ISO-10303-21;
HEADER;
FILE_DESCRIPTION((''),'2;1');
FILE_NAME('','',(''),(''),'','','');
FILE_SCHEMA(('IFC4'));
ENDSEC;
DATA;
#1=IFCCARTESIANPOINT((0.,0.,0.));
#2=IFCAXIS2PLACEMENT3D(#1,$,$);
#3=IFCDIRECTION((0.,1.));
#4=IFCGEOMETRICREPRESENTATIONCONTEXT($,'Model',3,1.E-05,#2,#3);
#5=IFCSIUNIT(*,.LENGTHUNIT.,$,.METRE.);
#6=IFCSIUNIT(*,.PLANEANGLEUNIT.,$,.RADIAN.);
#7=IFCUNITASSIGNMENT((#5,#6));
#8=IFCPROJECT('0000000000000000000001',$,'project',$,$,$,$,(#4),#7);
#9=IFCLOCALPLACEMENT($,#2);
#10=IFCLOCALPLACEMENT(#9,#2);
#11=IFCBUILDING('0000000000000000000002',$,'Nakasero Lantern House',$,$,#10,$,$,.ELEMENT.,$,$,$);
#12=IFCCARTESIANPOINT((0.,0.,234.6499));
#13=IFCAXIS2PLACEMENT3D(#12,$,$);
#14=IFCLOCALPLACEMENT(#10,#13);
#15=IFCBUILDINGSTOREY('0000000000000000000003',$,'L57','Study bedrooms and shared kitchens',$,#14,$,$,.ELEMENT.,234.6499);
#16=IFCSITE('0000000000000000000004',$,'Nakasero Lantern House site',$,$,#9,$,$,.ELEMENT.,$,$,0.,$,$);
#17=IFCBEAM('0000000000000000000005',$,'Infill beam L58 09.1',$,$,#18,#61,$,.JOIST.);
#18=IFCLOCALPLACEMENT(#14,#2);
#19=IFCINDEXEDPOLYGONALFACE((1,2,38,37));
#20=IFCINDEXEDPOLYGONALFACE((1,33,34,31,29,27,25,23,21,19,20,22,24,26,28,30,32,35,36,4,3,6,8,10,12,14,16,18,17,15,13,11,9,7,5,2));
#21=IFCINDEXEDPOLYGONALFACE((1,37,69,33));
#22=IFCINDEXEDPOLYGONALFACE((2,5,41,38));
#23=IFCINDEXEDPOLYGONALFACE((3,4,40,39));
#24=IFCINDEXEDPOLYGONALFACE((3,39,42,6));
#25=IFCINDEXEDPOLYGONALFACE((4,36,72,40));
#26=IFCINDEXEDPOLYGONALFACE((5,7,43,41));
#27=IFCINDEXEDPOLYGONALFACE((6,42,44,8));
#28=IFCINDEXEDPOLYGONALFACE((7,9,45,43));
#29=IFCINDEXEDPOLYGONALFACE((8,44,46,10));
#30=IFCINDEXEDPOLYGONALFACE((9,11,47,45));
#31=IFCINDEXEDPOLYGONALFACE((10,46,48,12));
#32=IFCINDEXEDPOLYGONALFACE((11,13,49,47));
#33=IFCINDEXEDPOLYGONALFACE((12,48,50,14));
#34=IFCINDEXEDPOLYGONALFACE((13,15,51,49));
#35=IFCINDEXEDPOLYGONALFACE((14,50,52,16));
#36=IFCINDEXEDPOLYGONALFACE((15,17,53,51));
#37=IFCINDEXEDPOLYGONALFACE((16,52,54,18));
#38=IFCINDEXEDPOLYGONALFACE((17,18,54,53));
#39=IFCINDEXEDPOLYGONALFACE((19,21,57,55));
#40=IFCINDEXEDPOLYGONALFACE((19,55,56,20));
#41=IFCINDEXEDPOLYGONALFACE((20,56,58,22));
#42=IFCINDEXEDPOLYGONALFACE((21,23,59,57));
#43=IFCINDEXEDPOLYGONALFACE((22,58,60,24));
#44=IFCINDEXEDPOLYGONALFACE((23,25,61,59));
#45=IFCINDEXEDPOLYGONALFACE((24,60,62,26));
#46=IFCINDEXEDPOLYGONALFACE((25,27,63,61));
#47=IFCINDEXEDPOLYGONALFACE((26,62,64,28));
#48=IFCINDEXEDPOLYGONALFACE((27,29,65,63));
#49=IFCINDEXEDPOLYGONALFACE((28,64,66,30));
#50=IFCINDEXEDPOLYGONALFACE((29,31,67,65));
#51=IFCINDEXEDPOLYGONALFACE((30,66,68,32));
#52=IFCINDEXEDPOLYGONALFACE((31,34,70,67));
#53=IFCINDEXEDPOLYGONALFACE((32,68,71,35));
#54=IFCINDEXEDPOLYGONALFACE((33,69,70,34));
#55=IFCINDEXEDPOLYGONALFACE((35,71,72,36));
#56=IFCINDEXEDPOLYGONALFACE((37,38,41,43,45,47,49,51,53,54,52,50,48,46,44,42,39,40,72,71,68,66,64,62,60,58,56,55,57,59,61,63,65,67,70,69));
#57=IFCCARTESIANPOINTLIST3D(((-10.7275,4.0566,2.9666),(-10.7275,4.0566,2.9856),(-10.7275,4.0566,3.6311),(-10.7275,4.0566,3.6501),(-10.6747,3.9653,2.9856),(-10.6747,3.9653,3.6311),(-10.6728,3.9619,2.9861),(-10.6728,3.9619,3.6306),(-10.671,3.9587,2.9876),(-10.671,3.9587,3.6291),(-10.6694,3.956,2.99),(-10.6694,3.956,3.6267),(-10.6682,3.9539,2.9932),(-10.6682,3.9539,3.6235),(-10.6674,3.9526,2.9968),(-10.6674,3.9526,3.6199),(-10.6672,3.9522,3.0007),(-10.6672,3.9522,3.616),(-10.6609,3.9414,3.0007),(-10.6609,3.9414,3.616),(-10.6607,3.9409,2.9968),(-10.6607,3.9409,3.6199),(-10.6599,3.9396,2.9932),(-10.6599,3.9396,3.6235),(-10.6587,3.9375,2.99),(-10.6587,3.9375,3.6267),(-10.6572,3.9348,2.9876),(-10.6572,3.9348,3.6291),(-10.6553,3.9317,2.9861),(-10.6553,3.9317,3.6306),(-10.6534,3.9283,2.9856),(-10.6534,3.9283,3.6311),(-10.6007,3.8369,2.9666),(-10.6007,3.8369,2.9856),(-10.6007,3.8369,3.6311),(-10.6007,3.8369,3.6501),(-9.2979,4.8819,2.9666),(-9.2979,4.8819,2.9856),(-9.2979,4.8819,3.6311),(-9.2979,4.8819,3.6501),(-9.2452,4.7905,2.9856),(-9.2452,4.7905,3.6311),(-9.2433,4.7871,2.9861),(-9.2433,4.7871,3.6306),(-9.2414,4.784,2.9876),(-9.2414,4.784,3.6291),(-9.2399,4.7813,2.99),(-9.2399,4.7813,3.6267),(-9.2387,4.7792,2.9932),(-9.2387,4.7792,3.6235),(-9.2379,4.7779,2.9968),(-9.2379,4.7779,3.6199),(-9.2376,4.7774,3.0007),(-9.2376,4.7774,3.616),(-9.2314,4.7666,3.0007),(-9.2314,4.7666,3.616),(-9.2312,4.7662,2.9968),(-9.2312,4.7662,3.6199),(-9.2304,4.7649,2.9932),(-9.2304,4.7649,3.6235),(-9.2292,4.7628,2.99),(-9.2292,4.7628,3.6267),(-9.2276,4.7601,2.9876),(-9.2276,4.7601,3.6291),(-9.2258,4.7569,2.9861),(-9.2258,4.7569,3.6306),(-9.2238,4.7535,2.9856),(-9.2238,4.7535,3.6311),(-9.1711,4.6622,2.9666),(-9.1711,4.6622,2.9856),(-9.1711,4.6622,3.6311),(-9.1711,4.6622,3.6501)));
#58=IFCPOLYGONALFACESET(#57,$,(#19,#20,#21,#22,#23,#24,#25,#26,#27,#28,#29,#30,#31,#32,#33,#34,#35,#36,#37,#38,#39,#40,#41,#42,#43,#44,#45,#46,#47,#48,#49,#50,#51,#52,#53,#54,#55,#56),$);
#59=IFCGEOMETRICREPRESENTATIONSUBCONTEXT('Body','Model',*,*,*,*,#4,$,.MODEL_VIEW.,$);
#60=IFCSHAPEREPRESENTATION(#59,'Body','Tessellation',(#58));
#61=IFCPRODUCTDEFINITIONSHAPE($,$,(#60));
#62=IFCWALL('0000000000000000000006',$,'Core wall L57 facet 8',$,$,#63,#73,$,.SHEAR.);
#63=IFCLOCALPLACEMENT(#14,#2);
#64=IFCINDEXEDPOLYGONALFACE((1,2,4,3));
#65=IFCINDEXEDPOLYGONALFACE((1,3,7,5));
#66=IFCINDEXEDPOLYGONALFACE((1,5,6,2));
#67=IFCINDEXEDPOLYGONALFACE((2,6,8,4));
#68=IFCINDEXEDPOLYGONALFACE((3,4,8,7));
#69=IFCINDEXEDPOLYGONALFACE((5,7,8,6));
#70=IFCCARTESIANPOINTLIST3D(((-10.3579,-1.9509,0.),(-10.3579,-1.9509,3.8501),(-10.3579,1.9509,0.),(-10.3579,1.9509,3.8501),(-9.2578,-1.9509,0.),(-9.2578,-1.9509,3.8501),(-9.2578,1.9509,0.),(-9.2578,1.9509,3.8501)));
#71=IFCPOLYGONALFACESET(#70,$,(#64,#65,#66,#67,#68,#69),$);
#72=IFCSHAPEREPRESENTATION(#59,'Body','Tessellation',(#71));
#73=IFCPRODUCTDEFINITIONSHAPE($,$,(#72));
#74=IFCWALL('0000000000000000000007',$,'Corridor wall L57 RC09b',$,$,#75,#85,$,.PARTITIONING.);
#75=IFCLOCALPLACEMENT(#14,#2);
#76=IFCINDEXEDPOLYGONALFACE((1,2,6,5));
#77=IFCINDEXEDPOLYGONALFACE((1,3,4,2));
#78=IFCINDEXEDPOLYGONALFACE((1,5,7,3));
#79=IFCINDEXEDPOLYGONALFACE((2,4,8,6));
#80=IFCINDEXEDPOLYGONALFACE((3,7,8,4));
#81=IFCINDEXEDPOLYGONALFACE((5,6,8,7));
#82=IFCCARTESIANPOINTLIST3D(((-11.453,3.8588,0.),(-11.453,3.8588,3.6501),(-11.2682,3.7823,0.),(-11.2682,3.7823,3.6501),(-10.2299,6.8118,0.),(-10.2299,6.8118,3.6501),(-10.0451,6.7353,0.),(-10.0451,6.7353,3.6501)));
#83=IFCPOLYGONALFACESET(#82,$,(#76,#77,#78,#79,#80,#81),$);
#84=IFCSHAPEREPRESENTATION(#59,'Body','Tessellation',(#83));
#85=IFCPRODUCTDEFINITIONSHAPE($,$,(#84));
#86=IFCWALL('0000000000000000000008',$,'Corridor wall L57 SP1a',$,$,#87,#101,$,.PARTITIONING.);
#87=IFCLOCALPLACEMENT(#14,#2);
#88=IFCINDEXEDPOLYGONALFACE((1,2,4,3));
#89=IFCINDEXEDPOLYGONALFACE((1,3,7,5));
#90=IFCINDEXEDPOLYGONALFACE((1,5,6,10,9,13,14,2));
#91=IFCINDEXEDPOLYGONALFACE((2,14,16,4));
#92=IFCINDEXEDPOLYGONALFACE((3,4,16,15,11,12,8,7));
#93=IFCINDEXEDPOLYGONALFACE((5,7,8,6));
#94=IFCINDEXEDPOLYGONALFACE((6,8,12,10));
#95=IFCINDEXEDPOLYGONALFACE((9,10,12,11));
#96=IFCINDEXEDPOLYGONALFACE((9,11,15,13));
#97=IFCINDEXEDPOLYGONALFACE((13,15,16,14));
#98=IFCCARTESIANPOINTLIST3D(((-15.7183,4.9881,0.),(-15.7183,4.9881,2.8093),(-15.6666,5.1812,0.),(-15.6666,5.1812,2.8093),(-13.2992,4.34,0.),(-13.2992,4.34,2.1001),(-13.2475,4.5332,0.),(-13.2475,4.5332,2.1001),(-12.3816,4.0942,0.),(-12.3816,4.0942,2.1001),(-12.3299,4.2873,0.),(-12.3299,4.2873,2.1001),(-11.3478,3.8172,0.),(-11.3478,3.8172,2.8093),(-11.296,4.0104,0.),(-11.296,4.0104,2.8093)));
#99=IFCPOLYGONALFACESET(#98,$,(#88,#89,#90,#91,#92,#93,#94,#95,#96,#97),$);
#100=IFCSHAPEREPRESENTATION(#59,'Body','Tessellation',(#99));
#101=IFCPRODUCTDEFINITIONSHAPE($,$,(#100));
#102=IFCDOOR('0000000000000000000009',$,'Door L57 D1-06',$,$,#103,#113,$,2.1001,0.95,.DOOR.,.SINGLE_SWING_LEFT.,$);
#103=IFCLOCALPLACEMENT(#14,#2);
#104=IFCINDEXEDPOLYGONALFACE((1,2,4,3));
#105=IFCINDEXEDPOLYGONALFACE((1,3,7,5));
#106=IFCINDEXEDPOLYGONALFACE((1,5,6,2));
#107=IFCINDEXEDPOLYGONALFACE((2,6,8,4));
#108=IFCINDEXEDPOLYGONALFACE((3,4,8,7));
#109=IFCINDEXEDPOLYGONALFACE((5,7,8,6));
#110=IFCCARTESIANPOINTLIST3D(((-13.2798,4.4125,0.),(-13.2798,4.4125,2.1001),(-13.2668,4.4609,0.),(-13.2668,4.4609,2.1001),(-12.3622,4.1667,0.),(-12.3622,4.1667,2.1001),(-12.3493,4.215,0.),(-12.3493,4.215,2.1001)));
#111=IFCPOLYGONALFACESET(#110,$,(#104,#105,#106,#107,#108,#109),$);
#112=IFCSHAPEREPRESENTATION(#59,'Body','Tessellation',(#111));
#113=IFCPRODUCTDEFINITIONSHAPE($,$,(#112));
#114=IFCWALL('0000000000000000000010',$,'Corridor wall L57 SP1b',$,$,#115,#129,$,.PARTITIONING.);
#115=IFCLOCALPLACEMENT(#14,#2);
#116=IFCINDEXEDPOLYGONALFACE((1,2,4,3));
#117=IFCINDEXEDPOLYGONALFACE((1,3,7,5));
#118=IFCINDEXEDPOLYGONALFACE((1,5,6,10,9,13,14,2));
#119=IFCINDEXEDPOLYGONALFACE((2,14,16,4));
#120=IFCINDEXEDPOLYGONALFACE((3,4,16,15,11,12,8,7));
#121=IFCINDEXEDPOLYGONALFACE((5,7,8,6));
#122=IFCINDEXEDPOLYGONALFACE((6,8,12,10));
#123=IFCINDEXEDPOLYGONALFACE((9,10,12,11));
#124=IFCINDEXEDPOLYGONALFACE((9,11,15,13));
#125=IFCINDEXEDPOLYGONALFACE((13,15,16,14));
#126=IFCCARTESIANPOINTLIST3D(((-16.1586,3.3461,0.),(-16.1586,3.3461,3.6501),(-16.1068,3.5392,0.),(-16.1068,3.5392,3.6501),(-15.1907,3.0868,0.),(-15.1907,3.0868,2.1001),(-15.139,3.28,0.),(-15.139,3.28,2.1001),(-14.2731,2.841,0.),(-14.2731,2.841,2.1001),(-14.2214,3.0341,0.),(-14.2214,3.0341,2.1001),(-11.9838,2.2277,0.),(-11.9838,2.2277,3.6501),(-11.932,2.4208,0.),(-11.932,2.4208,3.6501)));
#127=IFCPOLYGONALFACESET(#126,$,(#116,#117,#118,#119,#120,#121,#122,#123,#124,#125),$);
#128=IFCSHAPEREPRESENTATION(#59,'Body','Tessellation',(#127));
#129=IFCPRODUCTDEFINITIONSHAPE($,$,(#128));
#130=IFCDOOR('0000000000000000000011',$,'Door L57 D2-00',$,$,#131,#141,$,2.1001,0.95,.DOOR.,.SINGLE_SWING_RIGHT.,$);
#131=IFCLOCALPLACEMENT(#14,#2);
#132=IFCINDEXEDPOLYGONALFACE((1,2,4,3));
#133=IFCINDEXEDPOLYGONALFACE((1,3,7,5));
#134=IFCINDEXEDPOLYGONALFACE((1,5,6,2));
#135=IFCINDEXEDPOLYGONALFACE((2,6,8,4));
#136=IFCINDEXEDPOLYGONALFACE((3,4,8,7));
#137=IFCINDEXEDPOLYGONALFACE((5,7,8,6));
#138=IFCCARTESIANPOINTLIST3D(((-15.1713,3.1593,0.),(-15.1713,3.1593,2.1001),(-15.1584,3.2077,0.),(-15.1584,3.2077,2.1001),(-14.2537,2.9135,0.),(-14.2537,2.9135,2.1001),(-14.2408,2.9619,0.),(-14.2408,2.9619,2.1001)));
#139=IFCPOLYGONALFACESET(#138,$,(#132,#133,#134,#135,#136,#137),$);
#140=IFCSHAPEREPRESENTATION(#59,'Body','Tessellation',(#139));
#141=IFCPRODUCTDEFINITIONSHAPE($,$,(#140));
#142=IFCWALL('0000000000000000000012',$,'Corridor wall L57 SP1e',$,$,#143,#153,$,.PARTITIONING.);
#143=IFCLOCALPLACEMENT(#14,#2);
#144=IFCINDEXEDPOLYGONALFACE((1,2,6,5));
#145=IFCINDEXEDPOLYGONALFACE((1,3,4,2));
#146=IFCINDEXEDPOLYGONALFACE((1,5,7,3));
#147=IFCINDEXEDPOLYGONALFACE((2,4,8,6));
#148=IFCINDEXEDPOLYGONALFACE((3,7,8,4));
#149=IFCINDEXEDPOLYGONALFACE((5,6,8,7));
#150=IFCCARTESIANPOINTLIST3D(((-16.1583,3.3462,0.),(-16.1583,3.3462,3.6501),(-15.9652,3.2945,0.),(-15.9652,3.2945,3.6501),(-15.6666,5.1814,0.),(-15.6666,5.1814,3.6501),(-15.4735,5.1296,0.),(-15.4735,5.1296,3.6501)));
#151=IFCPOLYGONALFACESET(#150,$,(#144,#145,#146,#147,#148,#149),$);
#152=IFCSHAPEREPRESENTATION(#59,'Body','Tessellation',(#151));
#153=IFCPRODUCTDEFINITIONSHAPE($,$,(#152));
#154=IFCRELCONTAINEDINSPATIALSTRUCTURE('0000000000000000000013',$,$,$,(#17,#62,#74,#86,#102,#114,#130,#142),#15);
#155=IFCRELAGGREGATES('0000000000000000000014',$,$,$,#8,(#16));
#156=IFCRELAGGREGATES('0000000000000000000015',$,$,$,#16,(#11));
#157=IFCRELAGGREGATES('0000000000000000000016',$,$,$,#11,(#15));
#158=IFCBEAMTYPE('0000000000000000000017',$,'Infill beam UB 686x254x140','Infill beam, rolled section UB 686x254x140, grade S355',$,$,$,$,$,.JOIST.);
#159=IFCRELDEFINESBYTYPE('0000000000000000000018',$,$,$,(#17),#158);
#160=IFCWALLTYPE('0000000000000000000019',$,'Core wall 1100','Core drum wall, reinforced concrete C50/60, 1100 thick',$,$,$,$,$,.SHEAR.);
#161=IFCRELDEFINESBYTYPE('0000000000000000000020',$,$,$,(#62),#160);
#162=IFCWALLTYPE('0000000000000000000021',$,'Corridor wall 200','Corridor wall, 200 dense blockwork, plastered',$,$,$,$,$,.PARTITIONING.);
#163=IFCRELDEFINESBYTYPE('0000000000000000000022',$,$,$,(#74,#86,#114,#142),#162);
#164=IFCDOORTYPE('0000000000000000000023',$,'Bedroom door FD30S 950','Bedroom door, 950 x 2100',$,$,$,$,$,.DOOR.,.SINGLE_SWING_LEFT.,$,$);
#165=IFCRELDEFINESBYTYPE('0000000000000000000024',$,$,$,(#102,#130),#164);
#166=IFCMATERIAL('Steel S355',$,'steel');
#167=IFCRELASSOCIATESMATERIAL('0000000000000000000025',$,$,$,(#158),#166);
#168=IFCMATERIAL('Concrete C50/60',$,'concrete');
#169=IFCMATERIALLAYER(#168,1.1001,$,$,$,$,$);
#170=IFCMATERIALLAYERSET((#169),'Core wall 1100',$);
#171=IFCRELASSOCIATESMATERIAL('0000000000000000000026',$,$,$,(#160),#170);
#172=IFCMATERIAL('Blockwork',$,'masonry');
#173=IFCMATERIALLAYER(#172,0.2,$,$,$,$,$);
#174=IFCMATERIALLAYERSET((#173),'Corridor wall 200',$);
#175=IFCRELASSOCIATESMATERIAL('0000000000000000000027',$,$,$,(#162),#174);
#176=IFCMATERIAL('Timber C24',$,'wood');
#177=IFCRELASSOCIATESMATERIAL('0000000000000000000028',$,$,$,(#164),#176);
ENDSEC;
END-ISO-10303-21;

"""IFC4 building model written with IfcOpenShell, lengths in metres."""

from ifc_helpers import new_model, si_unit, direction, frame, frame_2d, origin, origin_2d, place, context, subcontext, project, spatial, rectangle, i_section, extrude, material, layer, layer_set, material_profile, profile_set, type_object, element, fill, save


model = new_model("IFC4")

# Units and contexts
model_context = context("Model", 3, precision=1e-05, world=origin(), true_north=direction((0.0, 1.0)))
body_context = subcontext(model_context, "Body", "Model", "MODEL_VIEW")
ifc_project = project(units=[si_unit("LENGTHUNIT", "METRE"), si_unit("PLANEANGLEUNIT", "RADIAN")], contexts=[model_context])

# Site, building, storey
site_placement = place(None, origin())
site = spatial("IfcSite", under=ifc_project, at=site_placement, Name="Nakasero Lantern House site", CompositionType="ELEMENT", RefElevation=0.0)
building_placement = place(site_placement, origin())
building = spatial("IfcBuilding", under=site, at=building_placement, Name="Nakasero Lantern House", CompositionType="ELEMENT")
storey_placement = place(building_placement, frame((0.0, 0.0, 234.6499)))
storey = spatial("IfcBuildingStorey", under=building, at=storey_placement, Name="L57", Description="Study bedrooms and shared kitchens", CompositionType="ELEMENT", Elevation=234.6499)

# Beam
ifc_material_1 = material(Name="Steel S355", Category="steel")
ifc_material_profile = material_profile(ifc_material_1, i_section(OverallWidth=0.2537, OverallDepth=0.6836, WebThickness=0.0125, FlangeThickness=0.019, FilletRadius=0.0151, at=origin_2d()), Name="UB 686x254x140")
ifc_profile_set = profile_set([ifc_material_profile], Name="Steel S355")
beam_type = type_object("IfcBeamType", Name="Infill beam UB 686x254x140", Description="Infill beam, rolled section UB 686x254x140, grade S355", PredefinedType="JOIST", material=ifc_profile_set)
beam_placement = place(storey_placement, frame((-10.6641, 3.9468, 3.3083), z_axis=(0.86605, 0.499957, 0.0), x_axis=(-0.499957, 0.86605, 0.0)))
element("IfcBeam", 1, at=beam_placement, inside=storey, type_object=beam_type, Name="Infill beam L58 09.1", PredefinedType="JOIST", context=body_context, shape_type="SweptSolid", body=[
    extrude(i_section(OverallWidth=0.2537, OverallDepth=0.6836, WebThickness=0.0125, FlangeThickness=0.019, FilletRadius=0.0151, at=origin_2d()), origin(), (0.0, 0.0, 1.0), 1.6506),
])

# Walls
ifc_material_2 = material(Name="Concrete C50/60", Category="concrete")
ifc_layer_1 = layer(ifc_material_2, 1.1001)
ifc_layer_set_1 = layer_set([ifc_layer_1], Name="Core wall 1100")
wall_type_1 = type_object("IfcWallType", Name="Core wall 1100", Description="Core drum wall, reinforced concrete C50/60, 1100 thick", PredefinedType="SHEAR", material=ifc_layer_set_1)
wall_1_placement = place(storey_placement, frame((-9.8079, 1.9509, 0.0), z_axis=(0.0, 0.0, 1.0), x_axis=(0.0, -1.0, 0.0)))
element("IfcWall", 2, at=wall_1_placement, inside=storey, type_object=wall_type_1, Name="Core wall L57 facet 8", PredefinedType="SHEAR", context=body_context, shape_type="SweptSolid", body=[
    extrude(rectangle(XDim=3.9019, YDim=1.1001, at=frame_2d((1.9509, 0.0))), origin(), (0.0, 0.0, 1.0), 3.8501),
])
ifc_material_3 = material(Name="Blockwork", Category="masonry")
ifc_layer_2 = layer(ifc_material_3, 0.2)
ifc_layer_set_2 = layer_set([ifc_layer_2], Name="Corridor wall 200")
wall_type_2 = type_object("IfcWallType", Name="Corridor wall 200", Description="Corridor wall, 200 dense blockwork, plastered", PredefinedType="PARTITIONING", material=ifc_layer_set_2)
wall_2_placement = place(storey_placement, frame((-11.3606, 3.8206, 0.0), z_axis=(0.0, 0.0, 1.0), x_axis=(0.382662, 0.923888, 0.0)))
element("IfcWall", 3, at=wall_2_placement, inside=storey, type_object=wall_type_2, Name="Corridor wall L57 RC09b", PredefinedType="PARTITIONING", context=body_context, shape_type="SweptSolid", body=[
    extrude(rectangle(XDim=3.1963, YDim=0.2, at=frame_2d((1.5981, 0.0))), origin(), (0.0, 0.0, 1.0), 3.6501),
])

# Walls, openings, doors
wall_3_placement = place(storey_placement, frame((-11.322, 3.9138, 0.0), z_axis=(0.0, 0.0, 1.0), x_axis=(-0.965937, 0.258777, 0.0)))
wall_3 = element("IfcWall", 4, at=wall_3_placement, inside=storey, type_object=wall_type_2, Name="Corridor wall L57 SP1a", PredefinedType="PARTITIONING", context=body_context, shape_type="SweptSolid", body=[
    extrude(rectangle(XDim=4.5247, YDim=0.2, at=frame_2d((2.2622, 0.0))), origin(), (0.0, 0.0, 1.0), 2.8093),
])
opening_1_placement = place(wall_3_placement, frame((1.0701, 0.0, 0.0)))
opening_1 = element("IfcOpeningElement", 5, at=opening_1_placement, cuts=wall_3, PredefinedType="OPENING", context=body_context, shape_type="SweptSolid", body=[
    extrude(rectangle(XDim=0.95, YDim=2.1001, at=frame_2d((0.4751, 1.05))), frame((0.0, 0.1199, 0.0), z_axis=(0.0, -1.0, 0.0), x_axis=(1.0, 0.0, 0.0)), (0.0, 0.0, 1.0), 0.24),
])
ifc_material_4 = material(Name="Timber C24", Category="wood")
door_type_1 = type_object("IfcDoorType", Name="Bedroom door FD30S 950", Description="Bedroom door, 950 x 2100", OperationType="SINGLE_SWING_LEFT", PredefinedType="DOOR", material=ifc_material_4)
door_1_placement = place(opening_1_placement, origin())
door_1 = element("IfcDoor", 6, at=door_1_placement, inside=storey, type_object=door_type_1, Name="Door L57 D1-06", OperationType="SINGLE_SWING_LEFT", OverallHeight=2.1001, OverallWidth=0.95, PredefinedType="DOOR", context=body_context, shape_type="SweptSolid", body=[
    extrude(rectangle(XDim=0.95, YDim=2.1001, at=frame_2d((0.4751, 1.05))), frame((0.0, 0.0249, 0.0), z_axis=(0.0, -1.0, 0.0), x_axis=(1.0, 0.0, 0.0)), (0.0, 0.0, 1.0), 0.05),
])
fill(opening_1, door_1)
wall_4_placement = place(storey_placement, frame((-11.9578, 2.3242, 0.0), z_axis=(0.0, 0.0, 1.0), x_axis=(-0.965939, 0.25877, 0.0)))
wall_4 = element("IfcWall", 7, at=wall_4_placement, inside=storey, type_object=wall_type_2, Name="Corridor wall L57 SP1b", PredefinedType="PARTITIONING", context=body_context, shape_type="SweptSolid", body=[
    extrude(rectangle(XDim=4.322, YDim=0.2, at=frame_2d((2.1611, 0.0))), origin(), (0.0, 0.0, 1.0), 3.6501),
])
opening_2_placement = place(wall_4_placement, frame((2.3701, 0.0, 0.0)))
opening_2 = element("IfcOpeningElement", 8, at=opening_2_placement, cuts=wall_4, PredefinedType="OPENING", context=body_context, shape_type="SweptSolid", body=[
    extrude(rectangle(XDim=0.95, YDim=2.1001, at=frame_2d((0.4751, 1.05))), frame((0.0, 0.1199, 0.0), z_axis=(0.0, -1.0, 0.0), x_axis=(1.0, 0.0, 0.0)), (0.0, 0.0, 1.0), 0.24),
])
door_2_placement = place(opening_2_placement, origin())
door_2 = element("IfcDoor", 9, at=door_2_placement, inside=storey, type_object=door_type_1, Name="Door L57 D2-00", OperationType="SINGLE_SWING_RIGHT", OverallHeight=2.1001, OverallWidth=0.95, PredefinedType="DOOR", context=body_context, shape_type="SweptSolid", body=[
    extrude(rectangle(XDim=0.95, YDim=2.1001, at=frame_2d((0.4751, 1.05))), frame((0.0, 0.0249, 0.0), z_axis=(0.0, -1.0, 0.0), x_axis=(1.0, 0.0, 0.0)), (0.0, 0.0, 1.0), 0.05),
])
fill(opening_2, door_2)

# Wall
wall_5_placement = place(storey_placement, frame((-15.5701, 5.1555, 0.0), z_axis=(0.0, 0.0, 1.0), x_axis=(-0.258798, -0.965931, 0.0)))
element("IfcWall", 10, at=wall_5_placement, inside=storey, type_object=wall_type_2, Name="Corridor wall L57 SP1e", PredefinedType="PARTITIONING", context=body_context, shape_type="SweptSolid", body=[
    extrude(rectangle(XDim=1.8999, YDim=0.2, at=frame_2d((0.95, 0.0))), origin(), (0.0, 0.0, 1.0), 3.6501),
])

save(model, "model.ifc")
